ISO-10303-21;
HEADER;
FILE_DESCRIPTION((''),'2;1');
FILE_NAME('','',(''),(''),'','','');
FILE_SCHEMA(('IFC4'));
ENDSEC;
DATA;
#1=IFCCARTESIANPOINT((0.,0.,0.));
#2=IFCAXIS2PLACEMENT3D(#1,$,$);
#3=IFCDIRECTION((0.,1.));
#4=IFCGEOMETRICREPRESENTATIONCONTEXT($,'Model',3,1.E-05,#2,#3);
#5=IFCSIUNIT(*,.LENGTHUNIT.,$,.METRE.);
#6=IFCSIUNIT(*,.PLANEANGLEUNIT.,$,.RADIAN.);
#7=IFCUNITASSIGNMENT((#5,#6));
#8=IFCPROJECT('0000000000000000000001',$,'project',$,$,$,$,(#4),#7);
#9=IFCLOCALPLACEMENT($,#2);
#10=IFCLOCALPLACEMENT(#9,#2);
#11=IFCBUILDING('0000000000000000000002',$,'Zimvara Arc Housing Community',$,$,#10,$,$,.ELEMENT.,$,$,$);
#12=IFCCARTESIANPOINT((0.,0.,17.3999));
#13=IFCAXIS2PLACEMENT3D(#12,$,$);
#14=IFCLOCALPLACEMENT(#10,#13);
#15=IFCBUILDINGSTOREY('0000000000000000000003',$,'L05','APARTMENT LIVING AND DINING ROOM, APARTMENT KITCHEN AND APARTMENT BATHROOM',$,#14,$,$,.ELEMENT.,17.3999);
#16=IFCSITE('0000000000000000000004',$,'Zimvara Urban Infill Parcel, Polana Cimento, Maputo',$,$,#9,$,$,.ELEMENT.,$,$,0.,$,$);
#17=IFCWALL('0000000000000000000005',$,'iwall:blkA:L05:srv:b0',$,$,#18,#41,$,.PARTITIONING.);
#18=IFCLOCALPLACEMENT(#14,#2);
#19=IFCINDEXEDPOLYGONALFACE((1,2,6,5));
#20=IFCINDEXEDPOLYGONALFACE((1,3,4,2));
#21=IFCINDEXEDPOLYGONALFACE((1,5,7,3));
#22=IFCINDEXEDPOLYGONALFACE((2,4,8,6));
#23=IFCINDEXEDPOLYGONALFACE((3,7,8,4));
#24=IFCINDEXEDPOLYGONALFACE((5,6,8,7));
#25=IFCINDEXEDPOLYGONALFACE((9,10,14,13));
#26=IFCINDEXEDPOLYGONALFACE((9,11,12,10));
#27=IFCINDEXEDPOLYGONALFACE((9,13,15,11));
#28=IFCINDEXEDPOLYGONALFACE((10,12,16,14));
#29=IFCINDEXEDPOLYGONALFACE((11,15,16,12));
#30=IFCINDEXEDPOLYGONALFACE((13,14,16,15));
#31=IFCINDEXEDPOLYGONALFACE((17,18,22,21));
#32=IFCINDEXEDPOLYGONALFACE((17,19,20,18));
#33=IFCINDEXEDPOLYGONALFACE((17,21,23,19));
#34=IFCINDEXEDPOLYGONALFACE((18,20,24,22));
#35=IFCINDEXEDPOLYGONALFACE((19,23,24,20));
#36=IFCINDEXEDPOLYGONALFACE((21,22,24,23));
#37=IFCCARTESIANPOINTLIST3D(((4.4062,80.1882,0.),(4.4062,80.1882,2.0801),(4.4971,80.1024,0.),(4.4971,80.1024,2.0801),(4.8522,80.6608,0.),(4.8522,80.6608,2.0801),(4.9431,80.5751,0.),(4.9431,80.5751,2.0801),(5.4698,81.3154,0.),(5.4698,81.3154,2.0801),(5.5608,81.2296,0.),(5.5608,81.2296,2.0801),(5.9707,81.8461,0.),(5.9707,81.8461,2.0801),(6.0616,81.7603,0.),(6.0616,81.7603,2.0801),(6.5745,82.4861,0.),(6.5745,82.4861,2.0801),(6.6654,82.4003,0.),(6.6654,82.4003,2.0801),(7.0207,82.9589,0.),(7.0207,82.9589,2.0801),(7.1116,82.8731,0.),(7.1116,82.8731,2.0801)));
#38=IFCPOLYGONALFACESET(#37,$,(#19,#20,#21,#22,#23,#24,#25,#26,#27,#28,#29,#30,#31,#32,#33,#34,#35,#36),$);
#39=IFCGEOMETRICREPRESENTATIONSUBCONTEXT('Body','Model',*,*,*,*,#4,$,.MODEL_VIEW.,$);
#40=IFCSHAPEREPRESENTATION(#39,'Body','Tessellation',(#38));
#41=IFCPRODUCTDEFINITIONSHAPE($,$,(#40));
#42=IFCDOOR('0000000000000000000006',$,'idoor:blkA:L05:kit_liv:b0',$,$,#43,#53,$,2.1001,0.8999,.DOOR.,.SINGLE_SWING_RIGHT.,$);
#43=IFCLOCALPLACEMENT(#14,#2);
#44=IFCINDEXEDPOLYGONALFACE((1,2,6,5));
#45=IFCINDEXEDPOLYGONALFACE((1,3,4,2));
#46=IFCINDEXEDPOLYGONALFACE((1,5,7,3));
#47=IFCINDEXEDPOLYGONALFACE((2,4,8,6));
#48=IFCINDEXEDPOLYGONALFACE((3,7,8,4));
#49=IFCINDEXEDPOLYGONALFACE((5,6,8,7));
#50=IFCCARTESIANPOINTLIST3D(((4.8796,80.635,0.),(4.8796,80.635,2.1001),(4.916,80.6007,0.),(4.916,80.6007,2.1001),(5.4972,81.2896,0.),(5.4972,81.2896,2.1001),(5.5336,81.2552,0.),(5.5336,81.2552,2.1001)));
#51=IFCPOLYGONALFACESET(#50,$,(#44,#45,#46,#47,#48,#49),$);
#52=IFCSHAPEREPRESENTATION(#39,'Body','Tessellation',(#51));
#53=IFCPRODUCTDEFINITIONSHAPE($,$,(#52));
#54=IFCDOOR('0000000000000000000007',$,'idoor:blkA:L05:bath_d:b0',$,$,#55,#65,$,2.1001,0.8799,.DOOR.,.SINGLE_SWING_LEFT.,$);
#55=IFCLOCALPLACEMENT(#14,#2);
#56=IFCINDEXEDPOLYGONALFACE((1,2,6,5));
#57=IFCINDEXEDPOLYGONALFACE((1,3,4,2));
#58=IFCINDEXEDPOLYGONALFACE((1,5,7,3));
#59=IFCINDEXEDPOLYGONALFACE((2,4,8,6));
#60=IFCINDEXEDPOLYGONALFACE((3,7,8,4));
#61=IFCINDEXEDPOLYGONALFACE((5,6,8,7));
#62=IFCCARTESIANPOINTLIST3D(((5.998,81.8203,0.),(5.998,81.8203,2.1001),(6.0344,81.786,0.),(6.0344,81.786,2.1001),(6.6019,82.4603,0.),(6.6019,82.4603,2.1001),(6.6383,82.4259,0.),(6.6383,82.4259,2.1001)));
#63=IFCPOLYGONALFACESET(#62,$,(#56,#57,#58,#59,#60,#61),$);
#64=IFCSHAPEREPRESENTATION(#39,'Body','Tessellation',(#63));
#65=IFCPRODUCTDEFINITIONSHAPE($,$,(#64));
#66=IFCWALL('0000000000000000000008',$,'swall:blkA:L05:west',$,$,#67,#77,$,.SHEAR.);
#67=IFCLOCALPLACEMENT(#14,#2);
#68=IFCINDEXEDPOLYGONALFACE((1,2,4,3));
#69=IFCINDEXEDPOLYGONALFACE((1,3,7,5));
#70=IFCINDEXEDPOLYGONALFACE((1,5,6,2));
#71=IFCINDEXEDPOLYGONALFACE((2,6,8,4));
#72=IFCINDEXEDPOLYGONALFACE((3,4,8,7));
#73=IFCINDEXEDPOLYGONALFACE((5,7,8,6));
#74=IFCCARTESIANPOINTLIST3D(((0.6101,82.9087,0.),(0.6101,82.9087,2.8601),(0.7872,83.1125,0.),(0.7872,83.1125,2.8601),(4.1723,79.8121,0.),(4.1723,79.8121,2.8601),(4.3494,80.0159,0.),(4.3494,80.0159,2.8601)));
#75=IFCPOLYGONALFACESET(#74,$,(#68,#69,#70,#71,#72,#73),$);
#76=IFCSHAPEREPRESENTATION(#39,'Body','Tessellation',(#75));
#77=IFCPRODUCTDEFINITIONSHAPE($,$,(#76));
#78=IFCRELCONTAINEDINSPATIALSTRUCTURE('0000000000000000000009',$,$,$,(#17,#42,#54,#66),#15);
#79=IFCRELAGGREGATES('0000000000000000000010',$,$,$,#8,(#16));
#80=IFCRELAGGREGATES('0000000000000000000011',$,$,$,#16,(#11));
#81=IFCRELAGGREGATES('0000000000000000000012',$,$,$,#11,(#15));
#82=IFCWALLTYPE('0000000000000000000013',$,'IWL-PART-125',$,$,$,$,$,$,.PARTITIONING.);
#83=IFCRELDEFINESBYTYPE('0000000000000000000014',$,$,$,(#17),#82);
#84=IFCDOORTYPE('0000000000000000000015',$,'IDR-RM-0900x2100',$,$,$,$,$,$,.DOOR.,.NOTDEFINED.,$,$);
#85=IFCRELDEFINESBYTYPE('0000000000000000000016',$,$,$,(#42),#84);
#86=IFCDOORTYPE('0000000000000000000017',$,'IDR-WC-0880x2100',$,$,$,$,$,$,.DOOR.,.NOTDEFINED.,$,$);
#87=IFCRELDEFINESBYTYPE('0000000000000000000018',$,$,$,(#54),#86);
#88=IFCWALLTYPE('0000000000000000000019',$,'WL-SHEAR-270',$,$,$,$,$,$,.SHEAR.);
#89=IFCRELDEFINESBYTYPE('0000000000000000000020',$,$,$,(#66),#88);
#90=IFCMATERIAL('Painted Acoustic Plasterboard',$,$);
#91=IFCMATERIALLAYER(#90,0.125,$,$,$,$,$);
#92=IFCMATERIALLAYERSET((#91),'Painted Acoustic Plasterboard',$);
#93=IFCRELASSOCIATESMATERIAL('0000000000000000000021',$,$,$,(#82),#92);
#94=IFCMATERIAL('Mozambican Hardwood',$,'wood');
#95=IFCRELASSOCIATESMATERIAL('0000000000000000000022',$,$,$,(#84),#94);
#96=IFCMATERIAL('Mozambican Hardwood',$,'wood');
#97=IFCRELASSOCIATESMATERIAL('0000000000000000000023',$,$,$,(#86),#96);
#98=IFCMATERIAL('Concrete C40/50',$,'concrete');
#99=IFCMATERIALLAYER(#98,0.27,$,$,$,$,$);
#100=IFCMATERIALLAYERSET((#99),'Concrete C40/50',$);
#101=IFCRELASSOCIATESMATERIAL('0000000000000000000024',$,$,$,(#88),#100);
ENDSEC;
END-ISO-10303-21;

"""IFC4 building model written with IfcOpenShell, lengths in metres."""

from ifc_helpers import new_model, si_unit, direction, frame, frame_2d, origin, place, context, subcontext, project, spatial, rectangle, extrude, material, layer, layer_set, type_object, element, fill, save


model = new_model("IFC4")

# Units and contexts
model_context = context("Model", 3, precision=1e-05, world=origin(), true_north=direction((0.0, 1.0)))
body_context = subcontext(model_context, "Body", "Model", "MODEL_VIEW")
ifc_project = project(units=[si_unit("LENGTHUNIT", "METRE"), si_unit("PLANEANGLEUNIT", "RADIAN")], contexts=[model_context])

# Site, building, storey
site_placement = place(None, origin())
site = spatial("IfcSite", under=ifc_project, at=site_placement, Name="Zimvara Urban Infill Parcel, Polana Cimento, Maputo", CompositionType="ELEMENT", RefElevation=0.0)
building_placement = place(site_placement, origin())
building = spatial("IfcBuilding", under=site, at=building_placement, Name="Zimvara Arc Housing Community", CompositionType="ELEMENT")
storey_placement = place(building_placement, frame((0.0, 0.0, 17.3999)))
storey = spatial("IfcBuildingStorey", under=building, at=storey_placement, Name="L05", Description="APARTMENT LIVING AND DINING ROOM, APARTMENT KITCHEN AND APARTMENT BATHROOM", CompositionType="ELEMENT", Elevation=17.3999)

# Wall, openings, doors
ifc_material_1 = material(Name="Painted Acoustic Plasterboard")
ifc_layer_1 = layer(ifc_material_1, 0.125)
ifc_layer_set_1 = layer_set([ifc_layer_1], Name="Painted Acoustic Plasterboard")
wall_type_1 = type_object("IfcWallType", Name="IWL-PART-125", PredefinedType="PARTITIONING", material=ifc_layer_set_1)
wall_1_placement = place(storey_placement, frame((4.4517, 80.1453, 0.0), z_axis=(0.0, 0.0, 1.0), x_axis=(0.686302, 0.727317, 0.0)))
wall_1 = element("IfcWall", 1, at=wall_1_placement, inside=storey, type_object=wall_type_1, Name="iwall:blkA:L05:srv:b0", PredefinedType="PARTITIONING", context=body_context, shape_type="SweptSolid", body=[
    extrude(rectangle(XDim=3.8096, YDim=0.125, at=frame_2d((1.9048, 0.0))), origin(), (0.0, 0.0, 1.0), 2.0801),
])
opening_1_placement = place(wall_1_placement, frame((0.6499, 0.0, 0.0)))
opening_1 = element("IfcOpeningElement", 2, at=opening_1_placement, cuts=wall_1, PredefinedType="OPENING", context=body_context, shape_type="SweptSolid", body=[
    extrude(rectangle(XDim=0.8999, YDim=2.1001, at=frame_2d((0.45, 1.05))), frame((0.0, 0.0725, 0.0), z_axis=(0.0, -1.0, 0.0), x_axis=(1.0, 0.0, 0.0)), (0.0, 0.0, 1.0), 0.145),
])
opening_2_placement = place(wall_1_placement, frame((2.2795, 0.0, 0.0)))
opening_2 = element("IfcOpeningElement", 3, at=opening_2_placement, cuts=wall_1, PredefinedType="OPENING", context=body_context, shape_type="SweptSolid", body=[
    extrude(rectangle(XDim=0.8799, YDim=2.1001, at=frame_2d((0.4399, 1.05))), frame((0.0, 0.0725, 0.0), z_axis=(0.0, -1.0, 0.0), x_axis=(1.0, 0.0, 0.0)), (0.0, 0.0, 1.0), 0.145),
])
ifc_material_2 = material(Name="Mozambican Hardwood", Category="wood")
door_type_1 = type_object("IfcDoorType", Name="IDR-RM-0900x2100", OperationType="NOTDEFINED", PredefinedType="DOOR", material=ifc_material_2)
door_1_placement = place(opening_1_placement, origin())
door_1 = element("IfcDoor", 4, at=door_1_placement, inside=storey, type_object=door_type_1, Name="idoor:blkA:L05:kit_liv:b0", OperationType="SINGLE_SWING_RIGHT", OverallHeight=2.1001, OverallWidth=0.8999, PredefinedType="DOOR", context=body_context, shape_type="SweptSolid", body=[
    extrude(rectangle(XDim=0.8999, YDim=2.1001, at=frame_2d((0.45, 1.05))), frame((0.0, 0.0249, 0.0), z_axis=(0.0, -1.0, 0.0), x_axis=(1.0, 0.0, 0.0)), (0.0, 0.0, 1.0), 0.05),
])
fill(opening_1, door_1)
ifc_material_3 = material(Name="Mozambican Hardwood", Category="wood")
door_type_2 = type_object("IfcDoorType", Name="IDR-WC-0880x2100", OperationType="NOTDEFINED", PredefinedType="DOOR", material=ifc_material_3)
door_2_placement = place(opening_2_placement, origin())
door_2 = element("IfcDoor", 5, at=door_2_placement, inside=storey, type_object=door_type_2, Name="idoor:blkA:L05:bath_d:b0", OperationType="SINGLE_SWING_LEFT", OverallHeight=2.1001, OverallWidth=0.8799, PredefinedType="DOOR", context=body_context, shape_type="SweptSolid", body=[
    extrude(rectangle(XDim=0.8799, YDim=2.1001, at=frame_2d((0.4399, 1.05))), frame((0.0, 0.0249, 0.0), z_axis=(0.0, -1.0, 0.0), x_axis=(1.0, 0.0, 0.0)), (0.0, 0.0, 1.0), 0.05),
])
fill(opening_2, door_2)

# Wall
ifc_material_4 = material(Name="Concrete C40/50", Category="concrete")
ifc_layer_2 = layer(ifc_material_4, 0.27)
ifc_layer_set_2 = layer_set([ifc_layer_2], Name="Concrete C40/50")
wall_type_2 = type_object("IfcWallType", Name="WL-SHEAR-270", PredefinedType="SHEAR", material=ifc_layer_set_2)
wall_2_placement = place(storey_placement, frame((4.2607, 79.9141, 0.0), z_axis=(0.0, 0.0, 1.0), x_axis=(-0.754704, 0.656066, 0.0)))
element("IfcWall", 6, at=wall_2_placement, inside=storey, type_object=wall_type_2, Name="swall:blkA:L05:west", PredefinedType="SHEAR", context=body_context, shape_type="SweptSolid", body=[
    extrude(rectangle(XDim=4.72, YDim=0.27, at=frame_2d((2.3599, 0.0))), origin(), (0.0, 0.0, 1.0), 2.8601),
])

save(model, "model.ifc")
